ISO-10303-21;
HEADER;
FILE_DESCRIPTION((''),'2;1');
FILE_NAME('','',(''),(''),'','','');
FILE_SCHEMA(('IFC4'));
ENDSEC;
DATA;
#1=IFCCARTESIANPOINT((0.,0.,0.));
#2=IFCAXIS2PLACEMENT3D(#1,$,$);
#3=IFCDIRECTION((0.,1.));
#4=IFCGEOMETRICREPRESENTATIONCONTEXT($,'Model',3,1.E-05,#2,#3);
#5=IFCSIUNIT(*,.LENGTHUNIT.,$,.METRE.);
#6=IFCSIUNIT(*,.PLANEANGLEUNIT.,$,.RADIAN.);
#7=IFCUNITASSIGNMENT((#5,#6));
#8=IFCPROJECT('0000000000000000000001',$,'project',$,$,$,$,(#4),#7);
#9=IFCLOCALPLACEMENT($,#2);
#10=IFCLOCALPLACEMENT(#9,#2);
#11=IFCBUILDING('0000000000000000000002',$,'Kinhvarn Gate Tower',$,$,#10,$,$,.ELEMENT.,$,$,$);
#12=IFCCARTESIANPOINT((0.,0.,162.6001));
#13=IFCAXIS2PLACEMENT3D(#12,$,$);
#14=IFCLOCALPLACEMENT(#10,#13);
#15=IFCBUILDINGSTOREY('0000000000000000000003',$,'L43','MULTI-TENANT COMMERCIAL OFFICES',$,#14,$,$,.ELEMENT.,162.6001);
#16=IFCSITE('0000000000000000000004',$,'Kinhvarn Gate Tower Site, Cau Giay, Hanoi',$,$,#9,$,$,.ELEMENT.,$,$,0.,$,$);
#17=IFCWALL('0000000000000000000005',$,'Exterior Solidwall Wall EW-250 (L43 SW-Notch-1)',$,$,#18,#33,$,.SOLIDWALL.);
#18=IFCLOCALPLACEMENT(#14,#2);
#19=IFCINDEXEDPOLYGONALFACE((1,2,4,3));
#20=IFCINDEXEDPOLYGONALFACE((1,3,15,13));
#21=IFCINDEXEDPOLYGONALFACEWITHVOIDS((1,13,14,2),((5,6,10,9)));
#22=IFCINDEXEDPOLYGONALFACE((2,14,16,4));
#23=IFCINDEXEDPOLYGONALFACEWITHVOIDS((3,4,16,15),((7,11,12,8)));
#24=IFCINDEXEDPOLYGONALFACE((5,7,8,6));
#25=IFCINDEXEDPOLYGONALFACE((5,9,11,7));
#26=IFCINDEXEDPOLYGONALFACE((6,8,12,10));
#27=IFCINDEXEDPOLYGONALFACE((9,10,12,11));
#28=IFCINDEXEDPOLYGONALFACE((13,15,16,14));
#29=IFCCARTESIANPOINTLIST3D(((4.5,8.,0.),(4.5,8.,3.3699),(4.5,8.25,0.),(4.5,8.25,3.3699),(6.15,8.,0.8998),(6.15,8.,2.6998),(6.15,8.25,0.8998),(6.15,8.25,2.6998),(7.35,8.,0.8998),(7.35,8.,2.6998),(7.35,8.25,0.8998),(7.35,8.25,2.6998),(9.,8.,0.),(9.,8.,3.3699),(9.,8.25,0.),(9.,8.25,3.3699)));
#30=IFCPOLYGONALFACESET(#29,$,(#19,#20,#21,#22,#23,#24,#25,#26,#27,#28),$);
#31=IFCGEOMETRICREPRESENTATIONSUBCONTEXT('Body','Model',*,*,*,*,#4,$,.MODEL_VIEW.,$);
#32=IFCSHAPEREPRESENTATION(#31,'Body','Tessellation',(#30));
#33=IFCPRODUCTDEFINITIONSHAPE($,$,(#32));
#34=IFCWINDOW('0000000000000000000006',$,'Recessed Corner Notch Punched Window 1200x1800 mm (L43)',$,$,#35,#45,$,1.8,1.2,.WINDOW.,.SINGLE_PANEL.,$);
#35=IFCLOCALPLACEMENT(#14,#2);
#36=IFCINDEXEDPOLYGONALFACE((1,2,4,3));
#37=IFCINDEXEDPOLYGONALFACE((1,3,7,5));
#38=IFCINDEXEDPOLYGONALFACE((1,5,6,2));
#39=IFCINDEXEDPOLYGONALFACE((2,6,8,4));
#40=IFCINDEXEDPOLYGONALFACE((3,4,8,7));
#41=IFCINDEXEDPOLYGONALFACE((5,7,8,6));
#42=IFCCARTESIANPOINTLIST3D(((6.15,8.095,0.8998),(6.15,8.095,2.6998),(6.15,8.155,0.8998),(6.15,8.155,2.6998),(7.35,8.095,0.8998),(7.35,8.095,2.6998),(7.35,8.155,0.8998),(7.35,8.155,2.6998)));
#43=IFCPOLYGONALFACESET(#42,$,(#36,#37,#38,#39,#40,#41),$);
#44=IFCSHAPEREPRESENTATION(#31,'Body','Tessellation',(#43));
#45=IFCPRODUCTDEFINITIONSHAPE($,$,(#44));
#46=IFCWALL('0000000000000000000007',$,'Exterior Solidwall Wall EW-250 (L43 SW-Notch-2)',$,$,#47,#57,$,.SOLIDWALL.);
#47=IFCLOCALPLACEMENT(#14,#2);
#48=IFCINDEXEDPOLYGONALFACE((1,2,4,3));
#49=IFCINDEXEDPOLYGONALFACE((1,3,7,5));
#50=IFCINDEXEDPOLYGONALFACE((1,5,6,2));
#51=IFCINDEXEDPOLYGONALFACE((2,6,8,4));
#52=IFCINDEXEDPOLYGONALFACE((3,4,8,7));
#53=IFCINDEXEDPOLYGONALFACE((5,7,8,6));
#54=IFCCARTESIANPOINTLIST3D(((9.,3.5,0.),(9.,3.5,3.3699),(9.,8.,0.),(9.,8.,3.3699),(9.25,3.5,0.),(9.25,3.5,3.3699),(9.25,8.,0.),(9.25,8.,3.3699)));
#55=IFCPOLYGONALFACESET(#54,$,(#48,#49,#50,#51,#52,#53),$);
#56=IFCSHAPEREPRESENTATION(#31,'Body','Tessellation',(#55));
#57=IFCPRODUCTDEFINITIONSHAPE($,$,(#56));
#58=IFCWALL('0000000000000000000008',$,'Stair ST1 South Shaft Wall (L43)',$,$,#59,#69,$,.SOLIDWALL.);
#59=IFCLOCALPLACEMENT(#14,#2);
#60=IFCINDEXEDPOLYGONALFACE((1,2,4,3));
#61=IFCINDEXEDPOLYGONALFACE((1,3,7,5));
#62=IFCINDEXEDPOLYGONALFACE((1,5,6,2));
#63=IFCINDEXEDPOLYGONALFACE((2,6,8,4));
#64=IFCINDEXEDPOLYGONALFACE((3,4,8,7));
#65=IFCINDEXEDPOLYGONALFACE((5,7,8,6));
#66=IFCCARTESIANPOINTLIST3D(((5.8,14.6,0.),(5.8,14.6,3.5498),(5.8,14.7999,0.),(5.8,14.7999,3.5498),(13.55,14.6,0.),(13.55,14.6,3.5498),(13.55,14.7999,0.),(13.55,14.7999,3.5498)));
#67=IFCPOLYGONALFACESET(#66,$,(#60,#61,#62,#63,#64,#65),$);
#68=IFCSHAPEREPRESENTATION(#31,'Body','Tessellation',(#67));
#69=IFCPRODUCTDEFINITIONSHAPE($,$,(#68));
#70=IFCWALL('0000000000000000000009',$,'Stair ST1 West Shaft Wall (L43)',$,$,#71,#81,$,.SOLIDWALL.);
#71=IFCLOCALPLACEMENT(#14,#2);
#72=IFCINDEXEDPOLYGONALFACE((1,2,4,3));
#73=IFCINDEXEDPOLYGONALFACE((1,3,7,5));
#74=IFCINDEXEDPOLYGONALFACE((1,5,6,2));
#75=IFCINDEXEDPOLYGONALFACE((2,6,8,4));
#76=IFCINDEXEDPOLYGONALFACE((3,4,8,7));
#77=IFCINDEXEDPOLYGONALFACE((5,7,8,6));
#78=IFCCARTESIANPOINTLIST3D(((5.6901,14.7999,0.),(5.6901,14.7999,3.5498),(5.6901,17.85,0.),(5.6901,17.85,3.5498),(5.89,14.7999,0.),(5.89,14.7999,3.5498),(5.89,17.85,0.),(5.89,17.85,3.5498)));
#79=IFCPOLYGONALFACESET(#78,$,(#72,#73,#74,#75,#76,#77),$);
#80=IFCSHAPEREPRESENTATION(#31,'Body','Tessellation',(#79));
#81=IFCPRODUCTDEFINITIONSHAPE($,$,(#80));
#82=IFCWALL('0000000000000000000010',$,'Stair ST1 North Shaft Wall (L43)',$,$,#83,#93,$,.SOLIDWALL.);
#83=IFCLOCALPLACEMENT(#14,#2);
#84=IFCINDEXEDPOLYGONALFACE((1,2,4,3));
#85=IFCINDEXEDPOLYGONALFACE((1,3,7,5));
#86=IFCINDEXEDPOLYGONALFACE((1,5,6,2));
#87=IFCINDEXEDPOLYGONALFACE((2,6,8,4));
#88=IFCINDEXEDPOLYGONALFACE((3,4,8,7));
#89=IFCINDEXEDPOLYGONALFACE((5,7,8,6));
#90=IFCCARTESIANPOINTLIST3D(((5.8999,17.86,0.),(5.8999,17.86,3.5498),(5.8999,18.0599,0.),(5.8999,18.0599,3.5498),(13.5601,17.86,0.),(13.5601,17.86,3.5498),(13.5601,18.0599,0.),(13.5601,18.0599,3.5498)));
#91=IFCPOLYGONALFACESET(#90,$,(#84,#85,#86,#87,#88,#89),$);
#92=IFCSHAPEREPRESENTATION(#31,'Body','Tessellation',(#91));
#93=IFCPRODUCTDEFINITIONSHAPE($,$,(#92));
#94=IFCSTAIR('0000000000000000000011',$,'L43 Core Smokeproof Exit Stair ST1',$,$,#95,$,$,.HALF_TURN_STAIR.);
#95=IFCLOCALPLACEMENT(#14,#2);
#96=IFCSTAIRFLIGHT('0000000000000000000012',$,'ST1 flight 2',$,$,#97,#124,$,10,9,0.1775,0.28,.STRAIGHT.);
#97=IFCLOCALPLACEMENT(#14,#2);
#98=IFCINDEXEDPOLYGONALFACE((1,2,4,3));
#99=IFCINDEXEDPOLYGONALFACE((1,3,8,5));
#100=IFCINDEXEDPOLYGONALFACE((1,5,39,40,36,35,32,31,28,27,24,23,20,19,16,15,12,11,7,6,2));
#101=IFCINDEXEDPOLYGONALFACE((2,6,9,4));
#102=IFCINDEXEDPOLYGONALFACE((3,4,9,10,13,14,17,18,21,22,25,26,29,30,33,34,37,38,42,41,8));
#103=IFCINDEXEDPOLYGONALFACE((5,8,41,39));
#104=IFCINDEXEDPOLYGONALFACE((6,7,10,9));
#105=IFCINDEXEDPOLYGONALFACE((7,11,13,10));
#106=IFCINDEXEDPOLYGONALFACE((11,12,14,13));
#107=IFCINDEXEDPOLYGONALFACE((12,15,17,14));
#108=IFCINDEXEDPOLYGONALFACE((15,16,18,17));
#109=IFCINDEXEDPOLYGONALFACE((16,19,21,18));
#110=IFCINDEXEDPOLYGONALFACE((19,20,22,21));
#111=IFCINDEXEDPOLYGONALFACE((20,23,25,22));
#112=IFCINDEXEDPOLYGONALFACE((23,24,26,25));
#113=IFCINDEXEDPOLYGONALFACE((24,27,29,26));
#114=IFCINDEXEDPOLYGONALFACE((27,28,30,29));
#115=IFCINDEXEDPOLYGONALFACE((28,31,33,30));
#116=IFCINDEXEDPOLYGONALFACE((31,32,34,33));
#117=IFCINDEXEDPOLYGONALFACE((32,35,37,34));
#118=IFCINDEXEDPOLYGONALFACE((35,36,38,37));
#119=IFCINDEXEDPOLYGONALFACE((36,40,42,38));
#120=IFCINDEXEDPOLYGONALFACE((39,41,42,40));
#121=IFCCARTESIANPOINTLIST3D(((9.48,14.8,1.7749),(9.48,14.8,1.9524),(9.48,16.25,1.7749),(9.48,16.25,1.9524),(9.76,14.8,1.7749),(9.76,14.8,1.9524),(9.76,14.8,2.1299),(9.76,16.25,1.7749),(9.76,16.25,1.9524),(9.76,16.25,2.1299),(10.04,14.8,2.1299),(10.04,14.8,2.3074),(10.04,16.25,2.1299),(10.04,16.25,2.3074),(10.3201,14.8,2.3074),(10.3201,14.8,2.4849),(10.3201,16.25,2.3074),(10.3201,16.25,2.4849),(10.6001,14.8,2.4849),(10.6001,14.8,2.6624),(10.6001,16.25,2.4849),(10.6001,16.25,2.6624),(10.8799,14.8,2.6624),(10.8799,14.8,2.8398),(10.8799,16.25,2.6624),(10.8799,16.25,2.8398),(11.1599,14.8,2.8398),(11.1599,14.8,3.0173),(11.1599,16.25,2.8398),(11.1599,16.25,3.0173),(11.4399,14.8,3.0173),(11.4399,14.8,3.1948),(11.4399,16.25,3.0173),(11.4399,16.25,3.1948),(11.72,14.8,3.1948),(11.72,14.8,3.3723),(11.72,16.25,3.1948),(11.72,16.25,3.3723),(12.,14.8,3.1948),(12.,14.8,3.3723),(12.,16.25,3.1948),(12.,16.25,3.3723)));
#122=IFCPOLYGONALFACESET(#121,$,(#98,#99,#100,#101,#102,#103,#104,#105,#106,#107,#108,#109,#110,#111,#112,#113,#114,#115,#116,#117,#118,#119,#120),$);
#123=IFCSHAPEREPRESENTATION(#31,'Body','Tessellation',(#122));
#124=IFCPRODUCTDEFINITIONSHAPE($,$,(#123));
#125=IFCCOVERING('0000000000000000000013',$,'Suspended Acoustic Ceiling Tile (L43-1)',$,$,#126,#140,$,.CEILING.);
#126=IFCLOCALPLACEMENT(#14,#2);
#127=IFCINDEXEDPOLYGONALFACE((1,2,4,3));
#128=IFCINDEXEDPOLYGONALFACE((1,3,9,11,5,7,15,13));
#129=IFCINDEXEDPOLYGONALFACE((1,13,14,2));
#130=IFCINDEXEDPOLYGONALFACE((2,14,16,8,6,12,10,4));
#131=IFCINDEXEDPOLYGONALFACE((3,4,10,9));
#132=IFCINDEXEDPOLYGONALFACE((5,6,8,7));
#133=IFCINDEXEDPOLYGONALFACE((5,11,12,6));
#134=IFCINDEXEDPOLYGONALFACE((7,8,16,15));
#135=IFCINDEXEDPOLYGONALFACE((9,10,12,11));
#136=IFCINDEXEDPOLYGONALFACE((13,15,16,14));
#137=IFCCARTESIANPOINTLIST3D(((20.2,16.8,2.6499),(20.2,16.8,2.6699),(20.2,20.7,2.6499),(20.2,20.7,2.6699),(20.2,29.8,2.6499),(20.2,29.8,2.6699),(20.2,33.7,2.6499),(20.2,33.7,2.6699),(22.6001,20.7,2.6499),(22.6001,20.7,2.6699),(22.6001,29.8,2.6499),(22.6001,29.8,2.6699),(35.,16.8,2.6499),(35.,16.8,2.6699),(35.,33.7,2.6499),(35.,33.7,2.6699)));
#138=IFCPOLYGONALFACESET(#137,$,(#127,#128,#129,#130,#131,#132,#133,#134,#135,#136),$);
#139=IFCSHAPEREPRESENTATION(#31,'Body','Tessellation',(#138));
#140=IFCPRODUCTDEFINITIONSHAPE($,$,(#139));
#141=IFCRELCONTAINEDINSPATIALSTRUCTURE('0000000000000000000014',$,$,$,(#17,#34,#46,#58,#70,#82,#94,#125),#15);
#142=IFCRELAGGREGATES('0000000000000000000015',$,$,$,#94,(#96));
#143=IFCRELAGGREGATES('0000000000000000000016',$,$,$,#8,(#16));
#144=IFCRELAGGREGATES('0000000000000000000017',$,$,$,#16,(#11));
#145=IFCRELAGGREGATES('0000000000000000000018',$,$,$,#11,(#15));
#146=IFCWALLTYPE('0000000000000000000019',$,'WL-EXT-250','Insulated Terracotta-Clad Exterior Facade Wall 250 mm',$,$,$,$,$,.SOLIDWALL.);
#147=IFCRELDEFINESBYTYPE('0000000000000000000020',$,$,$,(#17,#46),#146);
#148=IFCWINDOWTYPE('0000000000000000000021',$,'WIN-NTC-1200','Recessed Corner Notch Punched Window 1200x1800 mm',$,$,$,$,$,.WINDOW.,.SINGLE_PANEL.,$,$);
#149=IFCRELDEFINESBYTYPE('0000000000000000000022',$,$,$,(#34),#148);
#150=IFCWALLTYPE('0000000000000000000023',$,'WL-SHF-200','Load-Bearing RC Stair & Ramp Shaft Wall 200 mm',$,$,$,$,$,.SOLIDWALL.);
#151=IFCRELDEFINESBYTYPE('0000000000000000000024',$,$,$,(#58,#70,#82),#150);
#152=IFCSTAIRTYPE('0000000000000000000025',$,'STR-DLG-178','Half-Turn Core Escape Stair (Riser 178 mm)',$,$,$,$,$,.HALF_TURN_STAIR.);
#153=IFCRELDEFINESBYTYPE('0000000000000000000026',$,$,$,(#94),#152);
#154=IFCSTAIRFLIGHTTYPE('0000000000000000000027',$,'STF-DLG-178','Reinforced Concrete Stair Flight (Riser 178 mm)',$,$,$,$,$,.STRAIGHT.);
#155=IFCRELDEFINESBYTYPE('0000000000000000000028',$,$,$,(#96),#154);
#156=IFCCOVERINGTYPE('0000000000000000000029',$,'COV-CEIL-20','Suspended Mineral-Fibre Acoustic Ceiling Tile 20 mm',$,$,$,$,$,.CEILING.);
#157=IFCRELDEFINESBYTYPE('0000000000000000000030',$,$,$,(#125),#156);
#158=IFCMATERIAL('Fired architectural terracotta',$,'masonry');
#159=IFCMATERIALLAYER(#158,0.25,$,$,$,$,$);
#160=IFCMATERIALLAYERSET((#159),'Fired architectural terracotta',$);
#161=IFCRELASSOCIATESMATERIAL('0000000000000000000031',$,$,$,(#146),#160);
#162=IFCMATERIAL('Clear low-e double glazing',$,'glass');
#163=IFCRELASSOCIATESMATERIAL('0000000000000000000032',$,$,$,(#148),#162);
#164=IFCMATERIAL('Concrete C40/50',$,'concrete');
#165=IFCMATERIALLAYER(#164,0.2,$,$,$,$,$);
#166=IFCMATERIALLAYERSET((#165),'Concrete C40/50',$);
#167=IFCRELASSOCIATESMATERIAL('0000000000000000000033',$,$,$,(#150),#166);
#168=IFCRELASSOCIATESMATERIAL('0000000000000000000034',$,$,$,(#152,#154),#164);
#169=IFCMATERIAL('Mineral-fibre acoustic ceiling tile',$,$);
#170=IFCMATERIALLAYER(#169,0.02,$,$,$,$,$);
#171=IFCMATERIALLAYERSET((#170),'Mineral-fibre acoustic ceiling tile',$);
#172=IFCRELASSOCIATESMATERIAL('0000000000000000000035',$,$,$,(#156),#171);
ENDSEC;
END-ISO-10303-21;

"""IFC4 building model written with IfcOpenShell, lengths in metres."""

from ifc_helpers import new_model, si_unit, direction, frame, frame_2d, origin, place, context, subcontext, project, spatial, polyline, rectangle, outline, extrude, material, layer, layer_set, type_object, element, fill, aggregate, save


model = new_model("IFC4")

# Units and contexts
model_context = context("Model", 3, precision=1e-05, world=origin(), true_north=direction((0.0, 1.0)))
body_context = subcontext(model_context, "Body", "Model", "MODEL_VIEW")
ifc_project = project(units=[si_unit("LENGTHUNIT", "METRE"), si_unit("PLANEANGLEUNIT", "RADIAN")], contexts=[model_context])

# Site, building, storey
site_placement = place(None, origin())
site = spatial("IfcSite", under=ifc_project, at=site_placement, Name="Kinhvarn Gate Tower Site, Cau Giay, Hanoi", CompositionType="ELEMENT", RefElevation=0.0)
building_placement = place(site_placement, origin())
building = spatial("IfcBuilding", under=site, at=building_placement, Name="Kinhvarn Gate Tower", CompositionType="ELEMENT")
storey_placement = place(building_placement, frame((0.0, 0.0, 162.6001)))
storey = spatial("IfcBuildingStorey", under=building, at=storey_placement, Name="L43", Description="MULTI-TENANT COMMERCIAL OFFICES", CompositionType="ELEMENT", Elevation=162.6001)

# Wall, opening, window
ifc_material_1 = material(Name="Fired architectural terracotta", Category="masonry")
ifc_layer_1 = layer(ifc_material_1, 0.25)
ifc_layer_set_1 = layer_set([ifc_layer_1], Name="Fired architectural terracotta")
wall_type_1 = type_object("IfcWallType", Name="WL-EXT-250", Description="Insulated Terracotta-Clad Exterior Facade Wall 250 mm", PredefinedType="SOLIDWALL", material=ifc_layer_set_1)
ifc_material_2 = material(Name="Clear low-e double glazing", Category="glass")
wall_1_placement = place(storey_placement, frame((4.5, 8.125, 0.0), z_axis=(0.0, 0.0, 1.0), x_axis=(1.0, 0.0, 0.0)))
wall_1 = element("IfcWall", 1, at=wall_1_placement, inside=storey, type_object=wall_type_1, Name="Exterior Solidwall Wall EW-250 (L43 SW-Notch-1)", PredefinedType="SOLIDWALL", context=body_context, shape_type="SweptSolid", body=[
    extrude(rectangle(XDim=4.5, YDim=0.25, at=frame_2d((2.25, 0.0))), origin(), (0.0, 0.0, 1.0), 3.3699),
])
opening_1_placement = place(wall_1_placement, frame((1.6499, 0.0, 0.8999)))
opening_1 = element("IfcOpeningElement", 2, at=opening_1_placement, cuts=wall_1, PredefinedType="OPENING", context=body_context, shape_type="SweptSolid", body=[
    extrude(rectangle(XDim=1.2, YDim=1.8, at=frame_2d((0.6001, 0.8999))), frame((0.0, 0.135, 0.0), z_axis=(0.0, -1.0, 0.0), x_axis=(1.0, 0.0, 0.0)), (0.0, 0.0, 1.0), 0.27),
])
window_type_1 = type_object("IfcWindowType", Name="WIN-NTC-1200", Description="Recessed Corner Notch Punched Window 1200x1800 mm", PartitioningType="SINGLE_PANEL", PredefinedType="WINDOW", material=ifc_material_2)
window_1_placement = place(opening_1_placement, origin())
window_1 = element("IfcWindow", 3, at=window_1_placement, inside=storey, type_object=window_type_1, Name="Recessed Corner Notch Punched Window 1200x1800 mm (L43)", OverallHeight=1.8, OverallWidth=1.2, PartitioningType="SINGLE_PANEL", PredefinedType="WINDOW", context=body_context, shape_type="SweptSolid", body=[
    extrude(rectangle(XDim=1.2, YDim=1.8, at=frame_2d((0.6001, 0.8999))), frame((0.0, 0.03, 0.0), z_axis=(0.0, -1.0, 0.0), x_axis=(1.0, 0.0, 0.0)), (0.0, 0.0, 1.0), 0.0601),
])
fill(opening_1, window_1)

# Walls
wall_2_placement = place(storey_placement, frame((9.125, 8.0, 0.0), z_axis=(0.0, 0.0, 1.0), x_axis=(0.0, -1.0, 0.0)))
element("IfcWall", 4, at=wall_2_placement, inside=storey, type_object=wall_type_1, Name="Exterior Solidwall Wall EW-250 (L43 SW-Notch-2)", PredefinedType="SOLIDWALL", context=body_context, shape_type="SweptSolid", body=[
    extrude(rectangle(XDim=4.5, YDim=0.25, at=frame_2d((2.25, 0.0))), origin(), (0.0, 0.0, 1.0), 3.3699),
])
ifc_material_3 = material(Name="Concrete C40/50", Category="concrete")
ifc_layer_2 = layer(ifc_material_3, 0.2)
ifc_layer_set_2 = layer_set([ifc_layer_2], Name="Concrete C40/50")
wall_type_2 = type_object("IfcWallType", Name="WL-SHF-200", Description="Load-Bearing RC Stair & Ramp Shaft Wall 200 mm", PredefinedType="SOLIDWALL", material=ifc_layer_set_2)
wall_3_placement = place(storey_placement, frame((5.8, 14.7, 0.0), z_axis=(0.0, 0.0, 1.0), x_axis=(1.0, 0.0, 0.0)))
element("IfcWall", 5, at=wall_3_placement, inside=storey, type_object=wall_type_2, Name="Stair ST1 South Shaft Wall (L43)", PredefinedType="SOLIDWALL", context=body_context, shape_type="SweptSolid", body=[
    extrude(rectangle(XDim=7.75, YDim=0.2, at=frame_2d((3.875, 0.0))), origin(), (0.0, 0.0, 1.0), 3.5498),
])
wall_4_placement = place(storey_placement, frame((5.79, 14.8, 0.0), z_axis=(0.0, 0.0, 1.0), x_axis=(0.0, 1.0, 0.0)))
element("IfcWall", 6, at=wall_4_placement, inside=storey, type_object=wall_type_2, Name="Stair ST1 West Shaft Wall (L43)", PredefinedType="SOLIDWALL", context=body_context, shape_type="SweptSolid", body=[
    extrude(rectangle(XDim=3.05, YDim=0.2, at=frame_2d((1.5249, 0.0))), origin(), (0.0, 0.0, 1.0), 3.5498),
])
wall_5_placement = place(storey_placement, frame((5.8999, 17.96, 0.0), z_axis=(0.0, 0.0, 1.0), x_axis=(1.0, 0.0, 0.0)))
element("IfcWall", 7, at=wall_5_placement, inside=storey, type_object=wall_type_2, Name="Stair ST1 North Shaft Wall (L43)", PredefinedType="SOLIDWALL", context=body_context, shape_type="SweptSolid", body=[
    extrude(rectangle(XDim=7.6602, YDim=0.2, at=frame_2d((3.8301, 0.0))), origin(), (0.0, 0.0, 1.0), 3.5498),
])

# Stair, stair flight
stair_type = type_object("IfcStairType", Name="STR-DLG-178", Description="Half-Turn Core Escape Stair (Riser 178 mm)", PredefinedType="HALF_TURN_STAIR", material=ifc_material_3)
stair_placement = place(storey_placement, origin())
stair = element("IfcStair", 8, at=stair_placement, inside=storey, type_object=stair_type, Name="L43 Core Smokeproof Exit Stair ST1", PredefinedType="HALF_TURN_STAIR")
stair_flight_type = type_object("IfcStairFlightType", Name="STF-DLG-178", Description="Reinforced Concrete Stair Flight (Riser 178 mm)", PredefinedType="STRAIGHT", material=ifc_material_3)
stair_flight_placement = place(storey_placement, frame((9.48, 15.5249, 1.7749), z_axis=(0.0, 0.0, 1.0), x_axis=(1.0, 0.0, 0.0)))
stair_flight = element("IfcStairFlight", 9, at=stair_flight_placement, type_object=stair_flight_type, Name="ST1 flight 2", NumberOfRisers=10, NumberOfTreads=9, PredefinedType="STRAIGHT", RiserHeight=0.1775, TreadLength=0.28, context=body_context, shape_type="SweptSolid", body=[
    extrude(outline(polyline([(0.0, 0.0), (0.0, 0.1775), (0.28, 0.1775), (0.28, 0.355), (0.5601, 0.355), (0.5601, 0.5325), (0.8401, 0.5325), (0.8401, 0.71), (1.1201, 0.71), (1.1201, 0.8875), (1.3999, 0.8875), (1.3999, 1.0649), (1.6799, 1.0649), (1.6799, 1.2424), (1.96, 1.2424), (1.96, 1.4199), (2.24, 1.4199), (2.24, 1.5974), (2.52, 1.5974), (2.52, 1.7749), (2.52, 1.4199), (0.28, 0.0), (0.0, 0.0)])), frame((0.0, 0.7251, 0.0), z_axis=(0.0, -1.0, 0.0), x_axis=(1.0, 0.0, 0.0)), (0.0, 0.0, 1.0), 1.45),
])
aggregate(stair, [stair_flight])

# Covering
ifc_material_4 = material(Name="Mineral-fibre acoustic ceiling tile")
ifc_layer_3 = layer(ifc_material_4, 0.02)
ifc_layer_set_3 = layer_set([ifc_layer_3], Name="Mineral-fibre acoustic ceiling tile")
covering_type = type_object("IfcCoveringType", Name="COV-CEIL-20", Description="Suspended Mineral-Fibre Acoustic Ceiling Tile 20 mm", PredefinedType="CEILING", material=ifc_layer_set_3)
covering_placement = place(storey_placement, frame((0.0, 0.0, 2.6499)))
element("IfcCovering", 10, at=covering_placement, inside=storey, type_object=covering_type, Name="Suspended Acoustic Ceiling Tile (L43-1)", PredefinedType="CEILING", context=body_context, shape_type="SweptSolid", body=[
    extrude(outline(polyline([(35.0, 33.7), (35.0, 16.8), (20.2, 16.8), (20.2, 20.7), (22.6001, 20.7), (22.6001, 29.8), (20.2, 29.8), (20.2, 33.7), (35.0, 33.7)])), origin(), (0.0, 0.0, 1.0), 0.02),
])

save(model, "model.ifc")
